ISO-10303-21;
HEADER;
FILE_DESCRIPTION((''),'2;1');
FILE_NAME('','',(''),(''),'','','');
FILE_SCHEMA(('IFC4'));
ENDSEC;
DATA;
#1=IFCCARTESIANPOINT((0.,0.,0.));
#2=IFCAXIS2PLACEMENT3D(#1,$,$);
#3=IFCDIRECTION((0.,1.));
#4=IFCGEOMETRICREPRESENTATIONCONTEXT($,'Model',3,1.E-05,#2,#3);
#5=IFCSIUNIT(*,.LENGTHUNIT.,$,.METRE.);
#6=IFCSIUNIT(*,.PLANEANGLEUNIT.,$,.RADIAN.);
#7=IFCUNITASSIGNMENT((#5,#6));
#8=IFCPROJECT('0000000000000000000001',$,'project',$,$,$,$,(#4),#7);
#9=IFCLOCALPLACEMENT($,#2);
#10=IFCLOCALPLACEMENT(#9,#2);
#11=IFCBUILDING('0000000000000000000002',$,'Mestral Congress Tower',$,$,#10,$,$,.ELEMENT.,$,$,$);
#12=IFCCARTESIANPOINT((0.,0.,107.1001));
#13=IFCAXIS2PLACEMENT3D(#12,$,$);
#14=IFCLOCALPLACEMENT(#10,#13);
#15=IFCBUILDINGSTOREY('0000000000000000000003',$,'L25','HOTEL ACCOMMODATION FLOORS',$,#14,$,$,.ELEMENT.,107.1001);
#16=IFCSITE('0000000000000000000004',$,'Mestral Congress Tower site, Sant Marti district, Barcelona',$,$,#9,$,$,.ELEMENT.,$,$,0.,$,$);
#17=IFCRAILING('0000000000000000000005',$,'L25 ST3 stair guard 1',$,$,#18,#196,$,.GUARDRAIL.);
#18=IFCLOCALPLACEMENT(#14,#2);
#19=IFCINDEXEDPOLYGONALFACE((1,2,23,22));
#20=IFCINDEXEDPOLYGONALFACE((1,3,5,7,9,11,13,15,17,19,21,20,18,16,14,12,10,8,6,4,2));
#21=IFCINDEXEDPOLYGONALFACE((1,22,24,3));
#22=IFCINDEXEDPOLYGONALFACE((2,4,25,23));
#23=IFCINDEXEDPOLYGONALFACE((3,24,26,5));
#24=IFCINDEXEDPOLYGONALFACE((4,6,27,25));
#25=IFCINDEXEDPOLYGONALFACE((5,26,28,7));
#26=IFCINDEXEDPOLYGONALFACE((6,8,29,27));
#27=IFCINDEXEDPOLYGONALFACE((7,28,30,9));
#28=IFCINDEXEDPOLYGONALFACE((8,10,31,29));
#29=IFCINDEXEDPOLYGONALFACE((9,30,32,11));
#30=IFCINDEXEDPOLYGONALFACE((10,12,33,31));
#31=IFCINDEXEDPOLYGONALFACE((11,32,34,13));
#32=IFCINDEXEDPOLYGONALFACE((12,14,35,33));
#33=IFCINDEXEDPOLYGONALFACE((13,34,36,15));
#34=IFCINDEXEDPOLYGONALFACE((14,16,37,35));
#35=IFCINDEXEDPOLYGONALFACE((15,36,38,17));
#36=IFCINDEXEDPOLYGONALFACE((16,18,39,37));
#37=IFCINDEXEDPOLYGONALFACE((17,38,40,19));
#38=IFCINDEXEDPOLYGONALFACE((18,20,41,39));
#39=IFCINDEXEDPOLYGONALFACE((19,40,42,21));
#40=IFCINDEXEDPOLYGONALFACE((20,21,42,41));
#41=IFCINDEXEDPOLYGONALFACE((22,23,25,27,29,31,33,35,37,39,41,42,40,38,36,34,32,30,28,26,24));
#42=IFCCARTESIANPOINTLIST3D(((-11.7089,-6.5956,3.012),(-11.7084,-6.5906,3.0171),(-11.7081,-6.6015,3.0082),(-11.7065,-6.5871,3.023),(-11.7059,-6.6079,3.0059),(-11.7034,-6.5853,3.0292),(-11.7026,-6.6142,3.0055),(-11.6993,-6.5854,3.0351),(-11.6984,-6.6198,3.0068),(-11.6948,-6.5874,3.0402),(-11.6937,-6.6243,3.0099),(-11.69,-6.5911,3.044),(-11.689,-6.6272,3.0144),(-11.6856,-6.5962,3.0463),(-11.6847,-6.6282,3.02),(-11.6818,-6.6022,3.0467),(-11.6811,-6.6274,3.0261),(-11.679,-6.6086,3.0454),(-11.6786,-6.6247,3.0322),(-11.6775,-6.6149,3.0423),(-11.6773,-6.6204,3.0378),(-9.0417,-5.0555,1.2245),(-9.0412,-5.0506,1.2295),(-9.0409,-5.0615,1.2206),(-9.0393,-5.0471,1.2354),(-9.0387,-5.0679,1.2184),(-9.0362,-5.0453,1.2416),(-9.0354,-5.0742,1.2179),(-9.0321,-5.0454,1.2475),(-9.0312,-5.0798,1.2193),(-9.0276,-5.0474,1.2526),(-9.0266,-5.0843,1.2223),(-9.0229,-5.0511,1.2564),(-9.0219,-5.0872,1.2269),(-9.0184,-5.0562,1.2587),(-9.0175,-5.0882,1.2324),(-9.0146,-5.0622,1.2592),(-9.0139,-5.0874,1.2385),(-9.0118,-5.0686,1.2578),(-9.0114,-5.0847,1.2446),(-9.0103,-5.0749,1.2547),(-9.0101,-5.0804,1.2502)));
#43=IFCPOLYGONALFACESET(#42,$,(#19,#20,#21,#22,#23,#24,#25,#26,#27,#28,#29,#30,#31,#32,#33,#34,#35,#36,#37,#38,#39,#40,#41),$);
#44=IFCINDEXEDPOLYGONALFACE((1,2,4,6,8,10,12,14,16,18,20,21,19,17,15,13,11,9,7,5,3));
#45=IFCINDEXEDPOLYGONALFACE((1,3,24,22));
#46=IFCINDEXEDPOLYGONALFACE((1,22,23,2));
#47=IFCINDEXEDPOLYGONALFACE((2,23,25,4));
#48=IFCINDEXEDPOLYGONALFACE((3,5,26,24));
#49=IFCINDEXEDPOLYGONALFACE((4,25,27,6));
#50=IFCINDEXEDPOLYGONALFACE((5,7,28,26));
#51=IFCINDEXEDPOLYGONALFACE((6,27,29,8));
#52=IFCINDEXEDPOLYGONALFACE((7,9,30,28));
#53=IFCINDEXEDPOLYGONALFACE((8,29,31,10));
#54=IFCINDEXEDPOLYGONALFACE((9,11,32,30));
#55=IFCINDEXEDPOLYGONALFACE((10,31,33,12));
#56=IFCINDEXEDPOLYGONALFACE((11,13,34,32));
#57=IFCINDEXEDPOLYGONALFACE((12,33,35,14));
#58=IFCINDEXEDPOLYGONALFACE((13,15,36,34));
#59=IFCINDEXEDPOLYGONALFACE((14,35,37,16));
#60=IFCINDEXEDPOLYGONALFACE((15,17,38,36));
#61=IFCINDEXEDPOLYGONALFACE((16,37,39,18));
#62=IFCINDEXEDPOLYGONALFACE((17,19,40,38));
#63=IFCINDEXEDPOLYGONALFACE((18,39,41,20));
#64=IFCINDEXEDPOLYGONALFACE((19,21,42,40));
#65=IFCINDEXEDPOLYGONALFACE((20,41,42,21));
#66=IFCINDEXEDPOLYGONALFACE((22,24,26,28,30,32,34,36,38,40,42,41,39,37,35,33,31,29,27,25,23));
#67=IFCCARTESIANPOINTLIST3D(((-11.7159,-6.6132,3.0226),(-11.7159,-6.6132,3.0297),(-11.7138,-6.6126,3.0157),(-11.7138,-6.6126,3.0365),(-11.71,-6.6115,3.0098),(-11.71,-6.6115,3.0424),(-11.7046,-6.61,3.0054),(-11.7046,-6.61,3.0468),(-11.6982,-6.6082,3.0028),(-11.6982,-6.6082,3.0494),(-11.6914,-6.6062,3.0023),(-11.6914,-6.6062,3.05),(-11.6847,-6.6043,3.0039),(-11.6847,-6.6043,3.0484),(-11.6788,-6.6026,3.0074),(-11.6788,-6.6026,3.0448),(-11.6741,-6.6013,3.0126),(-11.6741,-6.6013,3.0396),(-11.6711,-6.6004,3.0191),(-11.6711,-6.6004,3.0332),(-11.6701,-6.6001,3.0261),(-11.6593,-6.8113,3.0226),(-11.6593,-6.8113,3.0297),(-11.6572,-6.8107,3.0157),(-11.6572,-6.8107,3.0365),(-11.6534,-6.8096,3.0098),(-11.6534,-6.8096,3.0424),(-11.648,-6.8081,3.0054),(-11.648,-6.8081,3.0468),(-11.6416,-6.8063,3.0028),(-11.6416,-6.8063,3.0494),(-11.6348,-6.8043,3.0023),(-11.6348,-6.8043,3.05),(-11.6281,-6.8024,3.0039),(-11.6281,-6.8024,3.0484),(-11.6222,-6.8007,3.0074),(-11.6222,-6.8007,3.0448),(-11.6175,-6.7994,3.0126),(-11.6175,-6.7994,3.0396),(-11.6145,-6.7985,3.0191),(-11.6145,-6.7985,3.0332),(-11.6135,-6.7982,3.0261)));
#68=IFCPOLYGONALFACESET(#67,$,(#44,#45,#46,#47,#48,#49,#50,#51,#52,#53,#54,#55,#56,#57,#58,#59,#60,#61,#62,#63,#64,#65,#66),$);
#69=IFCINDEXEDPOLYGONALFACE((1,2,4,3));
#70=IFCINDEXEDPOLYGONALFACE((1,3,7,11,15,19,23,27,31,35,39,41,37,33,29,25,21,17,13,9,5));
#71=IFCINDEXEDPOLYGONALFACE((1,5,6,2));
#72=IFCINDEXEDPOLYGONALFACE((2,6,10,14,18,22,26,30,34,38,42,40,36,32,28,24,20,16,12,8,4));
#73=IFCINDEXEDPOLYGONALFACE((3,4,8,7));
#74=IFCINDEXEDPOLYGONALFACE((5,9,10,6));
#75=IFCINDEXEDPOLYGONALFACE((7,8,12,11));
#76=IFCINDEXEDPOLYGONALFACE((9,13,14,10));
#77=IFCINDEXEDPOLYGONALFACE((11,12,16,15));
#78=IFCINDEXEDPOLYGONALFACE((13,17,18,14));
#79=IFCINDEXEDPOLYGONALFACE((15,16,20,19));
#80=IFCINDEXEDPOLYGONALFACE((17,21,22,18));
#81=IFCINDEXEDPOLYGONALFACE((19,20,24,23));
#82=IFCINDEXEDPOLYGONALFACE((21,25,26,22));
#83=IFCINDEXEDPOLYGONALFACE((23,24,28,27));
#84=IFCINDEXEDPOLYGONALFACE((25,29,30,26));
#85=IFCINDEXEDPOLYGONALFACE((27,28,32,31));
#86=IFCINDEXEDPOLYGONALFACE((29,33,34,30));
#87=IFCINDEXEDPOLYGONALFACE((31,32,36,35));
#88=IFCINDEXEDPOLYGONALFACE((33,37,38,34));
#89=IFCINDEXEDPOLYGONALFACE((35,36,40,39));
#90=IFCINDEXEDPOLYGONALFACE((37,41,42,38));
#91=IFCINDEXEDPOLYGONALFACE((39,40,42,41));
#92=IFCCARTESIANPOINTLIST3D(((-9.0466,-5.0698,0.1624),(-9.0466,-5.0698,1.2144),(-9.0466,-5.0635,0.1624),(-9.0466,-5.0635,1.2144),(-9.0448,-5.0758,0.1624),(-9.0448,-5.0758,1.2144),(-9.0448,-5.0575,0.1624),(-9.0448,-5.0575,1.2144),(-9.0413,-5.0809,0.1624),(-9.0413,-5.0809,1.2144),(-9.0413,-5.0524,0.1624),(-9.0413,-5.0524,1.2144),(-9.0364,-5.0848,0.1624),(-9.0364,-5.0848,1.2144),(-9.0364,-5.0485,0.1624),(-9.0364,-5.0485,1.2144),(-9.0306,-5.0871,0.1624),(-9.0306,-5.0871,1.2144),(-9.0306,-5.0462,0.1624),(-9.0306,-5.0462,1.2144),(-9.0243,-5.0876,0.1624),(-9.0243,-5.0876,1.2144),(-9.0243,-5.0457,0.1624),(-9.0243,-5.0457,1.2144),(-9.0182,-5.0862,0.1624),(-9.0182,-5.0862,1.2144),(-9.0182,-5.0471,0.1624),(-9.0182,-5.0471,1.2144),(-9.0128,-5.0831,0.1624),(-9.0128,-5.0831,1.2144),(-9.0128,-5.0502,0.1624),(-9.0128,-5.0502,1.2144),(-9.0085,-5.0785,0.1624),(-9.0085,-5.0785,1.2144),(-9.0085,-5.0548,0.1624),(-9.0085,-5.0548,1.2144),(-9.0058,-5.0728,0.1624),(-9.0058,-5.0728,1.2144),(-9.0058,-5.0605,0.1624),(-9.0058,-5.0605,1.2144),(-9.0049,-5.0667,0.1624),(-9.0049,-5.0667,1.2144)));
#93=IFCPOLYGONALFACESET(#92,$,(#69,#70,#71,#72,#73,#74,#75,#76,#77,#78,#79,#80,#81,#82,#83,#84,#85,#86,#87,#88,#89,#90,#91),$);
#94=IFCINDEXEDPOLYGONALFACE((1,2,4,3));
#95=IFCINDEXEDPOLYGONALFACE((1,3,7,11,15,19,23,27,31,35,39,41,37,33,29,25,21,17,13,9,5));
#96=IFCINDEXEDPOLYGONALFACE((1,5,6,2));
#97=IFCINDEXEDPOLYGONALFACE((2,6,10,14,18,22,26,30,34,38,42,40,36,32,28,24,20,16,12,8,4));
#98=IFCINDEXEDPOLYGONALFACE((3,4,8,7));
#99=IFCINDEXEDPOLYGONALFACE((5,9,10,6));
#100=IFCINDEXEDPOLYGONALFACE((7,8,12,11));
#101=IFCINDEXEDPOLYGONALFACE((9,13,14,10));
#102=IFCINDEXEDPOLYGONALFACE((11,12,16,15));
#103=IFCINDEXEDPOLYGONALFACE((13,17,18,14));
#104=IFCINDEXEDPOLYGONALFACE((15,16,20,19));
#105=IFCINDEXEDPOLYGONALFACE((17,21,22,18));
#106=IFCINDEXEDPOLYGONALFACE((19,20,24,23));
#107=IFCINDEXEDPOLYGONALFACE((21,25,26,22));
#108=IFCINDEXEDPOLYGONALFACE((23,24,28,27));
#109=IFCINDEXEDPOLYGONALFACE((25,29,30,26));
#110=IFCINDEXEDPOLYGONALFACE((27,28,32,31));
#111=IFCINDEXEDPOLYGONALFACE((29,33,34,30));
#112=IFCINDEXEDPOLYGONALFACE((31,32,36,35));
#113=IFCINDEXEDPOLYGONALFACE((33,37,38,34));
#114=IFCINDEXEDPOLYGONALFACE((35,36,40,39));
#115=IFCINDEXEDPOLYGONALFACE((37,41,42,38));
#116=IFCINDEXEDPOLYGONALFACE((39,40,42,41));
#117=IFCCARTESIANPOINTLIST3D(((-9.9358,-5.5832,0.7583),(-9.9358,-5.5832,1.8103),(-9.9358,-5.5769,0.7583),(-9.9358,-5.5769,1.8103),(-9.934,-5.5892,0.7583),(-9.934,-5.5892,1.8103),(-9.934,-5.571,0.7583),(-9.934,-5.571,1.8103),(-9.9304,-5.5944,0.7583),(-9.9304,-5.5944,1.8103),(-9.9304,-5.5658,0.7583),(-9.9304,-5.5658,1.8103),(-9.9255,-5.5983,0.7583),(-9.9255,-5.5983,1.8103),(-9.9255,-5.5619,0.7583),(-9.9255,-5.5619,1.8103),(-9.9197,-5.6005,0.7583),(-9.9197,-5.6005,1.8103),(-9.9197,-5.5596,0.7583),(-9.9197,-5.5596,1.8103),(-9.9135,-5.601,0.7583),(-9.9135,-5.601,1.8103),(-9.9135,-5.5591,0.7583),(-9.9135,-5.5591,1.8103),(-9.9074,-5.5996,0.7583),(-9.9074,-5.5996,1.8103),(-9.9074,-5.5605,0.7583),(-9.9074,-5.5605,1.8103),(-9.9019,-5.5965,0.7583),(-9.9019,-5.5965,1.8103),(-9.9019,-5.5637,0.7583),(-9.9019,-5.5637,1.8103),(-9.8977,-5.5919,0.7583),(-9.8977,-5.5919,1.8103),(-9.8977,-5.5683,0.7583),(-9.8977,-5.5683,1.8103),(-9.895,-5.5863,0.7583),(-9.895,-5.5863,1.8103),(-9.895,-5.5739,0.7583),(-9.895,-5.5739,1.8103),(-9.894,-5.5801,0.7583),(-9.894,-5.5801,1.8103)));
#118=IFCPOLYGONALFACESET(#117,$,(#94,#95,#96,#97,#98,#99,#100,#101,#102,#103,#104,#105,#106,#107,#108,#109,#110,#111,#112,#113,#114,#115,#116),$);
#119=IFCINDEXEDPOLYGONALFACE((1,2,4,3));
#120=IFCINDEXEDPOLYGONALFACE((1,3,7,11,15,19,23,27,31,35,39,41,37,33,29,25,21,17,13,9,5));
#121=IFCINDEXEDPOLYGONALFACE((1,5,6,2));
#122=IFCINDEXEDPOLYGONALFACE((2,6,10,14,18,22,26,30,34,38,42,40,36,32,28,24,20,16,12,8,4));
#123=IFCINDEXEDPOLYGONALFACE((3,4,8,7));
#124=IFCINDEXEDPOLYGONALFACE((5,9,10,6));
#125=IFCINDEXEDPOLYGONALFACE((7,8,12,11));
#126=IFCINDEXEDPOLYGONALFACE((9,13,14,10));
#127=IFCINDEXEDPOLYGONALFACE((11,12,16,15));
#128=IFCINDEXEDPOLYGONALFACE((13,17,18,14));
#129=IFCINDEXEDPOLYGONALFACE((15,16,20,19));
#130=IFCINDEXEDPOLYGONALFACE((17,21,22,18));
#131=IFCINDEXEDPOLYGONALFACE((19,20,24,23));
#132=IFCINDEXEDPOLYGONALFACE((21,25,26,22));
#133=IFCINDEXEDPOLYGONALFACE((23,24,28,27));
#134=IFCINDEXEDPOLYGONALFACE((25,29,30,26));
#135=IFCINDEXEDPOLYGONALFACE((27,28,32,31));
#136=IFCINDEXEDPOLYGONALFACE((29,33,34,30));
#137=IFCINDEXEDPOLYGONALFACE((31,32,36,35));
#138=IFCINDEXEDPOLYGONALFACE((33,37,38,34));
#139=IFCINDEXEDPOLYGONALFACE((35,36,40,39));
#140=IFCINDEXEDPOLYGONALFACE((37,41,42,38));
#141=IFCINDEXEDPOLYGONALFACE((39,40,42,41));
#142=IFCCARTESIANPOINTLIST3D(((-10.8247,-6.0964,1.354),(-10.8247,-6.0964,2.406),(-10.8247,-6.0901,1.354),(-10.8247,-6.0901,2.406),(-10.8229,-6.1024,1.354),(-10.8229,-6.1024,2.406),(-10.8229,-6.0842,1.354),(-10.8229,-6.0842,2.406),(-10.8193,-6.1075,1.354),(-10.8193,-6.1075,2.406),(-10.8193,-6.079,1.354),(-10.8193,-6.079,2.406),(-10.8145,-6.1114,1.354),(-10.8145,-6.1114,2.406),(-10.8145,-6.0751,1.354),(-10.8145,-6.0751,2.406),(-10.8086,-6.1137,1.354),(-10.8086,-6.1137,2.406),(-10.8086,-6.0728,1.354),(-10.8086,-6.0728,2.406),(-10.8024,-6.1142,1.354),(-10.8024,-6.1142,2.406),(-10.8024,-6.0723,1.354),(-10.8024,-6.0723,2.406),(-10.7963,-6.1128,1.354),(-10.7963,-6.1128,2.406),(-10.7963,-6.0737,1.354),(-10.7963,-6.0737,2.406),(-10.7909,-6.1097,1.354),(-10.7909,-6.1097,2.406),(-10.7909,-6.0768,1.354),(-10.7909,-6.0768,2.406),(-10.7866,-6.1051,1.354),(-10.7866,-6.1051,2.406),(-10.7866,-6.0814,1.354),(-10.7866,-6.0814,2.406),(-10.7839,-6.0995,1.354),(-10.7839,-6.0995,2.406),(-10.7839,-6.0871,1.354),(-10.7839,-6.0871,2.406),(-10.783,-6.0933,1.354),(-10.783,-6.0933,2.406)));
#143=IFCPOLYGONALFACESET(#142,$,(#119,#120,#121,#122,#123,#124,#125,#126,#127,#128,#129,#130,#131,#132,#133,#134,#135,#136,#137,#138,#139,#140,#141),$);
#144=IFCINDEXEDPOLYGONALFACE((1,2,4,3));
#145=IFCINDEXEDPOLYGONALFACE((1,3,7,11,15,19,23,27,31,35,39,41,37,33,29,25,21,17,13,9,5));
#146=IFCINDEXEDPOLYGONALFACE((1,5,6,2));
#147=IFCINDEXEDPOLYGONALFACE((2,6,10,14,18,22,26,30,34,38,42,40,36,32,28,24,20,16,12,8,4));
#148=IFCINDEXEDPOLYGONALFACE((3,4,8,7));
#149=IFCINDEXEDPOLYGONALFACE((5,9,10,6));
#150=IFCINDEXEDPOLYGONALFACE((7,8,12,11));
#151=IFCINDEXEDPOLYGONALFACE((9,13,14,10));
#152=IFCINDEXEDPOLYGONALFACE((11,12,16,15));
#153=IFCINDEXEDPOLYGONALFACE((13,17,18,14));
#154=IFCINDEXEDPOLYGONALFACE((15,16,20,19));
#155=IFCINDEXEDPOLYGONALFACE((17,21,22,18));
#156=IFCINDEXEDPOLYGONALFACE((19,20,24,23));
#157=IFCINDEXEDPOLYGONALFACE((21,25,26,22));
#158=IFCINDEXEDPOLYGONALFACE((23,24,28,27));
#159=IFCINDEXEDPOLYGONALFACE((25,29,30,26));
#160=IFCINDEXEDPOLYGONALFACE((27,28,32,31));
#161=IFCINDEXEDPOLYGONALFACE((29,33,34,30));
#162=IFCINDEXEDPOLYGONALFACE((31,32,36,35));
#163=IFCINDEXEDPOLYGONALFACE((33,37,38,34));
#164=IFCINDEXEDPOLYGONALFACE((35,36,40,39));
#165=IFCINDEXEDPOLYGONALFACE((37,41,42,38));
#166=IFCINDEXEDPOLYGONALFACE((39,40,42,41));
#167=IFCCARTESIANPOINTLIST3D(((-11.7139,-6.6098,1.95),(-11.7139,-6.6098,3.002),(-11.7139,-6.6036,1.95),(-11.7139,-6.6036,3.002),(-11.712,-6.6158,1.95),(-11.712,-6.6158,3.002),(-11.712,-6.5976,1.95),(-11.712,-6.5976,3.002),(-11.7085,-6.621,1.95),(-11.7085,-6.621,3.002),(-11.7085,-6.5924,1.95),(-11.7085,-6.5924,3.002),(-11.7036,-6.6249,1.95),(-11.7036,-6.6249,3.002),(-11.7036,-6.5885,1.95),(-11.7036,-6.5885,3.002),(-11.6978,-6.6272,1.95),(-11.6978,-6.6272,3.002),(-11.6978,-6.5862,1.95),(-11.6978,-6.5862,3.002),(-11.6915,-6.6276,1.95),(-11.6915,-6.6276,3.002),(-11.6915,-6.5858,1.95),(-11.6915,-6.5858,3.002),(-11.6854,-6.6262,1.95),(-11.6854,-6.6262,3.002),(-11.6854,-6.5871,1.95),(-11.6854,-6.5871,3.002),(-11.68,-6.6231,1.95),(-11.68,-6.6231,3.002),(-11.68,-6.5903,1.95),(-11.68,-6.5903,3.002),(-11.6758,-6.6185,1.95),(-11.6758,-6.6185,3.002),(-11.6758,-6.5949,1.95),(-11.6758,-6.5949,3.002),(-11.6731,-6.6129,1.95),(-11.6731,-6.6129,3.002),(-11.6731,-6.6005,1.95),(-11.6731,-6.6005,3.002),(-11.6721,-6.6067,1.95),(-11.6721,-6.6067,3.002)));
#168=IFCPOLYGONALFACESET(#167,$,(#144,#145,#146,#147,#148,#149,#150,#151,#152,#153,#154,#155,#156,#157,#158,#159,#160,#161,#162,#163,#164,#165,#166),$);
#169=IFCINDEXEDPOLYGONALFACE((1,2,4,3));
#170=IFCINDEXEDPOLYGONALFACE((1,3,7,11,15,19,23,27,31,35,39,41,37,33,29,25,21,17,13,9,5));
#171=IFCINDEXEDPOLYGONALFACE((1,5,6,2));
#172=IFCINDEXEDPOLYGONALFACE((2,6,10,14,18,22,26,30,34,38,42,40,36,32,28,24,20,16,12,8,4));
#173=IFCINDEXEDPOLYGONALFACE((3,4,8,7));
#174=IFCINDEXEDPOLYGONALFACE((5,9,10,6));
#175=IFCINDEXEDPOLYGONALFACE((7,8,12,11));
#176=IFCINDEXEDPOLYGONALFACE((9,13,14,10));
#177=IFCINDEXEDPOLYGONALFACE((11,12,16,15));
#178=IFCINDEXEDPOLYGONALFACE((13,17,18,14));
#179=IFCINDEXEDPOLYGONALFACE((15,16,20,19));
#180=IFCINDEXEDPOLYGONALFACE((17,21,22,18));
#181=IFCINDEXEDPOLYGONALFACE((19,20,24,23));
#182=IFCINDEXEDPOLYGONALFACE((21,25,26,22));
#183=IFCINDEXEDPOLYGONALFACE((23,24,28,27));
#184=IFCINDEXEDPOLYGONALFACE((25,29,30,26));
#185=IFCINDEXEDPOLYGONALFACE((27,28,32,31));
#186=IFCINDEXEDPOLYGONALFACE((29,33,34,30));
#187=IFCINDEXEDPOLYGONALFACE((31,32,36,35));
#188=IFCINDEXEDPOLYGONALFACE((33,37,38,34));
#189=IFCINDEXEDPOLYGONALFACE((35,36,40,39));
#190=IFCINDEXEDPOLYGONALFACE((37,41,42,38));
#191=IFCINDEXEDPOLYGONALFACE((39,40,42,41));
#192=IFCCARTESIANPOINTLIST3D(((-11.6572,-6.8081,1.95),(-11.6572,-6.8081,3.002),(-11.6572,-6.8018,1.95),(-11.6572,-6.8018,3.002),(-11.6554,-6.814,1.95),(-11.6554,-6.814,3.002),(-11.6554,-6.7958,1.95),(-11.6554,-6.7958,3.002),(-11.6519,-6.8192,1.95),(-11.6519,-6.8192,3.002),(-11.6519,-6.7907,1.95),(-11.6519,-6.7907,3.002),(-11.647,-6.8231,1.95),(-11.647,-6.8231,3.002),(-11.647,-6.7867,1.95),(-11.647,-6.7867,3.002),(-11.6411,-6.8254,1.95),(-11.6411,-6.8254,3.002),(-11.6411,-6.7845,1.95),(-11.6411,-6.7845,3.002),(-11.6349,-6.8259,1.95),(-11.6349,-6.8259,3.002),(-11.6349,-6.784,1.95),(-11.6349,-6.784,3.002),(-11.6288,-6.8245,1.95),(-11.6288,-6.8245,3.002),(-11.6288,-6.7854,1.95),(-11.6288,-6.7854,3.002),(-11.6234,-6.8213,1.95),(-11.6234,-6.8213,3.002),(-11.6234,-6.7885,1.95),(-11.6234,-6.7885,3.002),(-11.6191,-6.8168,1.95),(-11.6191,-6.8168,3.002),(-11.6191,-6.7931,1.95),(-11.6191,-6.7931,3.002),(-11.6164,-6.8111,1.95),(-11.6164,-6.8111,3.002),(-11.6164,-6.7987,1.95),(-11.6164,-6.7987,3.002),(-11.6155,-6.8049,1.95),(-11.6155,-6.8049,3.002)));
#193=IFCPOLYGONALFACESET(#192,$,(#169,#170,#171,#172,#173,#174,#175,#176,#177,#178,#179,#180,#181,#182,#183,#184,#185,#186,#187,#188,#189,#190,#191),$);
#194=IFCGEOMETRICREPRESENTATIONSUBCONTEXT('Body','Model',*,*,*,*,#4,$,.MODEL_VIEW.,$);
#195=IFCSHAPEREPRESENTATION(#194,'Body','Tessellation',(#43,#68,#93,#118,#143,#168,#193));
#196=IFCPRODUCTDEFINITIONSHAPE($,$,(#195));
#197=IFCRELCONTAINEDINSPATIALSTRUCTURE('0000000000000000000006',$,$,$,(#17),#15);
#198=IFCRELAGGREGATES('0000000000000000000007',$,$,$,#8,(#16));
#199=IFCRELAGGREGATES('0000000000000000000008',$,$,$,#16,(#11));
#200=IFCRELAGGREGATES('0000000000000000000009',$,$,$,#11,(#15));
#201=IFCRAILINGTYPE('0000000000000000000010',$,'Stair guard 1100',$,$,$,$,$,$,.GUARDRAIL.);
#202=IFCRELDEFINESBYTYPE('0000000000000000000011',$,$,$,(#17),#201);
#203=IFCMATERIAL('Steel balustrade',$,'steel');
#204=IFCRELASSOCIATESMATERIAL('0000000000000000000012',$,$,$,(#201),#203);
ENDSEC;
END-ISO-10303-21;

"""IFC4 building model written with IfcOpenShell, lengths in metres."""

from ifc_helpers import new_model, si_unit, direction, frame, origin, origin_2d, place, context, subcontext, project, spatial, circle, extrude, material, type_object, element, save


model = new_model("IFC4")

# Units and contexts
model_context = context("Model", 3, precision=1e-05, world=origin(), true_north=direction((0.0, 1.0)))
body_context = subcontext(model_context, "Body", "Model", "MODEL_VIEW")
ifc_project = project(units=[si_unit("LENGTHUNIT", "METRE"), si_unit("PLANEANGLEUNIT", "RADIAN")], contexts=[model_context])

# Site, building, storey
site_placement = place(None, origin())
site = spatial("IfcSite", under=ifc_project, at=site_placement, Name="Mestral Congress Tower site, Sant Marti district, Barcelona", CompositionType="ELEMENT", RefElevation=0.0)
building_placement = place(site_placement, origin())
building = spatial("IfcBuilding", under=site, at=building_placement, Name="Mestral Congress Tower", CompositionType="ELEMENT")
storey_placement = place(building_placement, frame((0.0, 0.0, 107.1001)))
storey = spatial("IfcBuildingStorey", under=building, at=storey_placement, Name="L25", Description="HOTEL ACCOMMODATION FLOORS", CompositionType="ELEMENT", Elevation=107.1001)

# Railing
ifc_material_1 = material(Name="Steel balustrade", Category="steel")
railing_type_1 = type_object("IfcRailingType", Name="Stair guard 1100", PredefinedType="GUARDRAIL", material=ifc_material_1)
railing_1_placement = place(storey_placement, frame((-9.0259, -5.0667, 0.1624)))
element("IfcRailing", 1, at=railing_1_placement, inside=storey, type_object=railing_type_1, Name="L25 ST3 stair guard 1", PredefinedType="GUARDRAIL", context=body_context, shape_type="SweptSolid", body=[
    extrude(circle(Radius=0.0239, at=origin_2d()), frame((0.0, 0.0, 1.0762), z_axis=(-0.748994, -0.432463, 0.50198), x_axis=(0.500027, -0.86601, 0.0)), (0.0, 0.0, 1.0), 3.561),
    extrude(circle(Radius=0.0239, at=origin_2d()), frame((-2.6672, -1.54, 2.8638), z_axis=(0.274721, -0.961524, 0.0), x_axis=(0.961524, 0.274721, 0.0)), (0.0, 0.0, 1.0), 0.2061),
    extrude(circle(Radius=0.021, at=origin_2d()), origin(), (0.0, 0.0, 1.0), 1.052),
    extrude(circle(Radius=0.021, at=origin_2d()), frame((-0.8892, -0.5134, 0.5959)), (0.0, 0.0, 1.0), 1.052),
    extrude(circle(Radius=0.021, at=origin_2d()), frame((-1.7781, -1.0266, 1.1917)), (0.0, 0.0, 1.0), 1.052),
    extrude(circle(Radius=0.021, at=origin_2d()), frame((-2.6672, -1.54, 1.7876)), (0.0, 0.0, 1.0), 1.052),
    extrude(circle(Radius=0.021, at=origin_2d()), frame((-2.6106, -1.7383, 1.7876)), (0.0, 0.0, 1.0), 1.052),
])

save(model, "model.ifc")
